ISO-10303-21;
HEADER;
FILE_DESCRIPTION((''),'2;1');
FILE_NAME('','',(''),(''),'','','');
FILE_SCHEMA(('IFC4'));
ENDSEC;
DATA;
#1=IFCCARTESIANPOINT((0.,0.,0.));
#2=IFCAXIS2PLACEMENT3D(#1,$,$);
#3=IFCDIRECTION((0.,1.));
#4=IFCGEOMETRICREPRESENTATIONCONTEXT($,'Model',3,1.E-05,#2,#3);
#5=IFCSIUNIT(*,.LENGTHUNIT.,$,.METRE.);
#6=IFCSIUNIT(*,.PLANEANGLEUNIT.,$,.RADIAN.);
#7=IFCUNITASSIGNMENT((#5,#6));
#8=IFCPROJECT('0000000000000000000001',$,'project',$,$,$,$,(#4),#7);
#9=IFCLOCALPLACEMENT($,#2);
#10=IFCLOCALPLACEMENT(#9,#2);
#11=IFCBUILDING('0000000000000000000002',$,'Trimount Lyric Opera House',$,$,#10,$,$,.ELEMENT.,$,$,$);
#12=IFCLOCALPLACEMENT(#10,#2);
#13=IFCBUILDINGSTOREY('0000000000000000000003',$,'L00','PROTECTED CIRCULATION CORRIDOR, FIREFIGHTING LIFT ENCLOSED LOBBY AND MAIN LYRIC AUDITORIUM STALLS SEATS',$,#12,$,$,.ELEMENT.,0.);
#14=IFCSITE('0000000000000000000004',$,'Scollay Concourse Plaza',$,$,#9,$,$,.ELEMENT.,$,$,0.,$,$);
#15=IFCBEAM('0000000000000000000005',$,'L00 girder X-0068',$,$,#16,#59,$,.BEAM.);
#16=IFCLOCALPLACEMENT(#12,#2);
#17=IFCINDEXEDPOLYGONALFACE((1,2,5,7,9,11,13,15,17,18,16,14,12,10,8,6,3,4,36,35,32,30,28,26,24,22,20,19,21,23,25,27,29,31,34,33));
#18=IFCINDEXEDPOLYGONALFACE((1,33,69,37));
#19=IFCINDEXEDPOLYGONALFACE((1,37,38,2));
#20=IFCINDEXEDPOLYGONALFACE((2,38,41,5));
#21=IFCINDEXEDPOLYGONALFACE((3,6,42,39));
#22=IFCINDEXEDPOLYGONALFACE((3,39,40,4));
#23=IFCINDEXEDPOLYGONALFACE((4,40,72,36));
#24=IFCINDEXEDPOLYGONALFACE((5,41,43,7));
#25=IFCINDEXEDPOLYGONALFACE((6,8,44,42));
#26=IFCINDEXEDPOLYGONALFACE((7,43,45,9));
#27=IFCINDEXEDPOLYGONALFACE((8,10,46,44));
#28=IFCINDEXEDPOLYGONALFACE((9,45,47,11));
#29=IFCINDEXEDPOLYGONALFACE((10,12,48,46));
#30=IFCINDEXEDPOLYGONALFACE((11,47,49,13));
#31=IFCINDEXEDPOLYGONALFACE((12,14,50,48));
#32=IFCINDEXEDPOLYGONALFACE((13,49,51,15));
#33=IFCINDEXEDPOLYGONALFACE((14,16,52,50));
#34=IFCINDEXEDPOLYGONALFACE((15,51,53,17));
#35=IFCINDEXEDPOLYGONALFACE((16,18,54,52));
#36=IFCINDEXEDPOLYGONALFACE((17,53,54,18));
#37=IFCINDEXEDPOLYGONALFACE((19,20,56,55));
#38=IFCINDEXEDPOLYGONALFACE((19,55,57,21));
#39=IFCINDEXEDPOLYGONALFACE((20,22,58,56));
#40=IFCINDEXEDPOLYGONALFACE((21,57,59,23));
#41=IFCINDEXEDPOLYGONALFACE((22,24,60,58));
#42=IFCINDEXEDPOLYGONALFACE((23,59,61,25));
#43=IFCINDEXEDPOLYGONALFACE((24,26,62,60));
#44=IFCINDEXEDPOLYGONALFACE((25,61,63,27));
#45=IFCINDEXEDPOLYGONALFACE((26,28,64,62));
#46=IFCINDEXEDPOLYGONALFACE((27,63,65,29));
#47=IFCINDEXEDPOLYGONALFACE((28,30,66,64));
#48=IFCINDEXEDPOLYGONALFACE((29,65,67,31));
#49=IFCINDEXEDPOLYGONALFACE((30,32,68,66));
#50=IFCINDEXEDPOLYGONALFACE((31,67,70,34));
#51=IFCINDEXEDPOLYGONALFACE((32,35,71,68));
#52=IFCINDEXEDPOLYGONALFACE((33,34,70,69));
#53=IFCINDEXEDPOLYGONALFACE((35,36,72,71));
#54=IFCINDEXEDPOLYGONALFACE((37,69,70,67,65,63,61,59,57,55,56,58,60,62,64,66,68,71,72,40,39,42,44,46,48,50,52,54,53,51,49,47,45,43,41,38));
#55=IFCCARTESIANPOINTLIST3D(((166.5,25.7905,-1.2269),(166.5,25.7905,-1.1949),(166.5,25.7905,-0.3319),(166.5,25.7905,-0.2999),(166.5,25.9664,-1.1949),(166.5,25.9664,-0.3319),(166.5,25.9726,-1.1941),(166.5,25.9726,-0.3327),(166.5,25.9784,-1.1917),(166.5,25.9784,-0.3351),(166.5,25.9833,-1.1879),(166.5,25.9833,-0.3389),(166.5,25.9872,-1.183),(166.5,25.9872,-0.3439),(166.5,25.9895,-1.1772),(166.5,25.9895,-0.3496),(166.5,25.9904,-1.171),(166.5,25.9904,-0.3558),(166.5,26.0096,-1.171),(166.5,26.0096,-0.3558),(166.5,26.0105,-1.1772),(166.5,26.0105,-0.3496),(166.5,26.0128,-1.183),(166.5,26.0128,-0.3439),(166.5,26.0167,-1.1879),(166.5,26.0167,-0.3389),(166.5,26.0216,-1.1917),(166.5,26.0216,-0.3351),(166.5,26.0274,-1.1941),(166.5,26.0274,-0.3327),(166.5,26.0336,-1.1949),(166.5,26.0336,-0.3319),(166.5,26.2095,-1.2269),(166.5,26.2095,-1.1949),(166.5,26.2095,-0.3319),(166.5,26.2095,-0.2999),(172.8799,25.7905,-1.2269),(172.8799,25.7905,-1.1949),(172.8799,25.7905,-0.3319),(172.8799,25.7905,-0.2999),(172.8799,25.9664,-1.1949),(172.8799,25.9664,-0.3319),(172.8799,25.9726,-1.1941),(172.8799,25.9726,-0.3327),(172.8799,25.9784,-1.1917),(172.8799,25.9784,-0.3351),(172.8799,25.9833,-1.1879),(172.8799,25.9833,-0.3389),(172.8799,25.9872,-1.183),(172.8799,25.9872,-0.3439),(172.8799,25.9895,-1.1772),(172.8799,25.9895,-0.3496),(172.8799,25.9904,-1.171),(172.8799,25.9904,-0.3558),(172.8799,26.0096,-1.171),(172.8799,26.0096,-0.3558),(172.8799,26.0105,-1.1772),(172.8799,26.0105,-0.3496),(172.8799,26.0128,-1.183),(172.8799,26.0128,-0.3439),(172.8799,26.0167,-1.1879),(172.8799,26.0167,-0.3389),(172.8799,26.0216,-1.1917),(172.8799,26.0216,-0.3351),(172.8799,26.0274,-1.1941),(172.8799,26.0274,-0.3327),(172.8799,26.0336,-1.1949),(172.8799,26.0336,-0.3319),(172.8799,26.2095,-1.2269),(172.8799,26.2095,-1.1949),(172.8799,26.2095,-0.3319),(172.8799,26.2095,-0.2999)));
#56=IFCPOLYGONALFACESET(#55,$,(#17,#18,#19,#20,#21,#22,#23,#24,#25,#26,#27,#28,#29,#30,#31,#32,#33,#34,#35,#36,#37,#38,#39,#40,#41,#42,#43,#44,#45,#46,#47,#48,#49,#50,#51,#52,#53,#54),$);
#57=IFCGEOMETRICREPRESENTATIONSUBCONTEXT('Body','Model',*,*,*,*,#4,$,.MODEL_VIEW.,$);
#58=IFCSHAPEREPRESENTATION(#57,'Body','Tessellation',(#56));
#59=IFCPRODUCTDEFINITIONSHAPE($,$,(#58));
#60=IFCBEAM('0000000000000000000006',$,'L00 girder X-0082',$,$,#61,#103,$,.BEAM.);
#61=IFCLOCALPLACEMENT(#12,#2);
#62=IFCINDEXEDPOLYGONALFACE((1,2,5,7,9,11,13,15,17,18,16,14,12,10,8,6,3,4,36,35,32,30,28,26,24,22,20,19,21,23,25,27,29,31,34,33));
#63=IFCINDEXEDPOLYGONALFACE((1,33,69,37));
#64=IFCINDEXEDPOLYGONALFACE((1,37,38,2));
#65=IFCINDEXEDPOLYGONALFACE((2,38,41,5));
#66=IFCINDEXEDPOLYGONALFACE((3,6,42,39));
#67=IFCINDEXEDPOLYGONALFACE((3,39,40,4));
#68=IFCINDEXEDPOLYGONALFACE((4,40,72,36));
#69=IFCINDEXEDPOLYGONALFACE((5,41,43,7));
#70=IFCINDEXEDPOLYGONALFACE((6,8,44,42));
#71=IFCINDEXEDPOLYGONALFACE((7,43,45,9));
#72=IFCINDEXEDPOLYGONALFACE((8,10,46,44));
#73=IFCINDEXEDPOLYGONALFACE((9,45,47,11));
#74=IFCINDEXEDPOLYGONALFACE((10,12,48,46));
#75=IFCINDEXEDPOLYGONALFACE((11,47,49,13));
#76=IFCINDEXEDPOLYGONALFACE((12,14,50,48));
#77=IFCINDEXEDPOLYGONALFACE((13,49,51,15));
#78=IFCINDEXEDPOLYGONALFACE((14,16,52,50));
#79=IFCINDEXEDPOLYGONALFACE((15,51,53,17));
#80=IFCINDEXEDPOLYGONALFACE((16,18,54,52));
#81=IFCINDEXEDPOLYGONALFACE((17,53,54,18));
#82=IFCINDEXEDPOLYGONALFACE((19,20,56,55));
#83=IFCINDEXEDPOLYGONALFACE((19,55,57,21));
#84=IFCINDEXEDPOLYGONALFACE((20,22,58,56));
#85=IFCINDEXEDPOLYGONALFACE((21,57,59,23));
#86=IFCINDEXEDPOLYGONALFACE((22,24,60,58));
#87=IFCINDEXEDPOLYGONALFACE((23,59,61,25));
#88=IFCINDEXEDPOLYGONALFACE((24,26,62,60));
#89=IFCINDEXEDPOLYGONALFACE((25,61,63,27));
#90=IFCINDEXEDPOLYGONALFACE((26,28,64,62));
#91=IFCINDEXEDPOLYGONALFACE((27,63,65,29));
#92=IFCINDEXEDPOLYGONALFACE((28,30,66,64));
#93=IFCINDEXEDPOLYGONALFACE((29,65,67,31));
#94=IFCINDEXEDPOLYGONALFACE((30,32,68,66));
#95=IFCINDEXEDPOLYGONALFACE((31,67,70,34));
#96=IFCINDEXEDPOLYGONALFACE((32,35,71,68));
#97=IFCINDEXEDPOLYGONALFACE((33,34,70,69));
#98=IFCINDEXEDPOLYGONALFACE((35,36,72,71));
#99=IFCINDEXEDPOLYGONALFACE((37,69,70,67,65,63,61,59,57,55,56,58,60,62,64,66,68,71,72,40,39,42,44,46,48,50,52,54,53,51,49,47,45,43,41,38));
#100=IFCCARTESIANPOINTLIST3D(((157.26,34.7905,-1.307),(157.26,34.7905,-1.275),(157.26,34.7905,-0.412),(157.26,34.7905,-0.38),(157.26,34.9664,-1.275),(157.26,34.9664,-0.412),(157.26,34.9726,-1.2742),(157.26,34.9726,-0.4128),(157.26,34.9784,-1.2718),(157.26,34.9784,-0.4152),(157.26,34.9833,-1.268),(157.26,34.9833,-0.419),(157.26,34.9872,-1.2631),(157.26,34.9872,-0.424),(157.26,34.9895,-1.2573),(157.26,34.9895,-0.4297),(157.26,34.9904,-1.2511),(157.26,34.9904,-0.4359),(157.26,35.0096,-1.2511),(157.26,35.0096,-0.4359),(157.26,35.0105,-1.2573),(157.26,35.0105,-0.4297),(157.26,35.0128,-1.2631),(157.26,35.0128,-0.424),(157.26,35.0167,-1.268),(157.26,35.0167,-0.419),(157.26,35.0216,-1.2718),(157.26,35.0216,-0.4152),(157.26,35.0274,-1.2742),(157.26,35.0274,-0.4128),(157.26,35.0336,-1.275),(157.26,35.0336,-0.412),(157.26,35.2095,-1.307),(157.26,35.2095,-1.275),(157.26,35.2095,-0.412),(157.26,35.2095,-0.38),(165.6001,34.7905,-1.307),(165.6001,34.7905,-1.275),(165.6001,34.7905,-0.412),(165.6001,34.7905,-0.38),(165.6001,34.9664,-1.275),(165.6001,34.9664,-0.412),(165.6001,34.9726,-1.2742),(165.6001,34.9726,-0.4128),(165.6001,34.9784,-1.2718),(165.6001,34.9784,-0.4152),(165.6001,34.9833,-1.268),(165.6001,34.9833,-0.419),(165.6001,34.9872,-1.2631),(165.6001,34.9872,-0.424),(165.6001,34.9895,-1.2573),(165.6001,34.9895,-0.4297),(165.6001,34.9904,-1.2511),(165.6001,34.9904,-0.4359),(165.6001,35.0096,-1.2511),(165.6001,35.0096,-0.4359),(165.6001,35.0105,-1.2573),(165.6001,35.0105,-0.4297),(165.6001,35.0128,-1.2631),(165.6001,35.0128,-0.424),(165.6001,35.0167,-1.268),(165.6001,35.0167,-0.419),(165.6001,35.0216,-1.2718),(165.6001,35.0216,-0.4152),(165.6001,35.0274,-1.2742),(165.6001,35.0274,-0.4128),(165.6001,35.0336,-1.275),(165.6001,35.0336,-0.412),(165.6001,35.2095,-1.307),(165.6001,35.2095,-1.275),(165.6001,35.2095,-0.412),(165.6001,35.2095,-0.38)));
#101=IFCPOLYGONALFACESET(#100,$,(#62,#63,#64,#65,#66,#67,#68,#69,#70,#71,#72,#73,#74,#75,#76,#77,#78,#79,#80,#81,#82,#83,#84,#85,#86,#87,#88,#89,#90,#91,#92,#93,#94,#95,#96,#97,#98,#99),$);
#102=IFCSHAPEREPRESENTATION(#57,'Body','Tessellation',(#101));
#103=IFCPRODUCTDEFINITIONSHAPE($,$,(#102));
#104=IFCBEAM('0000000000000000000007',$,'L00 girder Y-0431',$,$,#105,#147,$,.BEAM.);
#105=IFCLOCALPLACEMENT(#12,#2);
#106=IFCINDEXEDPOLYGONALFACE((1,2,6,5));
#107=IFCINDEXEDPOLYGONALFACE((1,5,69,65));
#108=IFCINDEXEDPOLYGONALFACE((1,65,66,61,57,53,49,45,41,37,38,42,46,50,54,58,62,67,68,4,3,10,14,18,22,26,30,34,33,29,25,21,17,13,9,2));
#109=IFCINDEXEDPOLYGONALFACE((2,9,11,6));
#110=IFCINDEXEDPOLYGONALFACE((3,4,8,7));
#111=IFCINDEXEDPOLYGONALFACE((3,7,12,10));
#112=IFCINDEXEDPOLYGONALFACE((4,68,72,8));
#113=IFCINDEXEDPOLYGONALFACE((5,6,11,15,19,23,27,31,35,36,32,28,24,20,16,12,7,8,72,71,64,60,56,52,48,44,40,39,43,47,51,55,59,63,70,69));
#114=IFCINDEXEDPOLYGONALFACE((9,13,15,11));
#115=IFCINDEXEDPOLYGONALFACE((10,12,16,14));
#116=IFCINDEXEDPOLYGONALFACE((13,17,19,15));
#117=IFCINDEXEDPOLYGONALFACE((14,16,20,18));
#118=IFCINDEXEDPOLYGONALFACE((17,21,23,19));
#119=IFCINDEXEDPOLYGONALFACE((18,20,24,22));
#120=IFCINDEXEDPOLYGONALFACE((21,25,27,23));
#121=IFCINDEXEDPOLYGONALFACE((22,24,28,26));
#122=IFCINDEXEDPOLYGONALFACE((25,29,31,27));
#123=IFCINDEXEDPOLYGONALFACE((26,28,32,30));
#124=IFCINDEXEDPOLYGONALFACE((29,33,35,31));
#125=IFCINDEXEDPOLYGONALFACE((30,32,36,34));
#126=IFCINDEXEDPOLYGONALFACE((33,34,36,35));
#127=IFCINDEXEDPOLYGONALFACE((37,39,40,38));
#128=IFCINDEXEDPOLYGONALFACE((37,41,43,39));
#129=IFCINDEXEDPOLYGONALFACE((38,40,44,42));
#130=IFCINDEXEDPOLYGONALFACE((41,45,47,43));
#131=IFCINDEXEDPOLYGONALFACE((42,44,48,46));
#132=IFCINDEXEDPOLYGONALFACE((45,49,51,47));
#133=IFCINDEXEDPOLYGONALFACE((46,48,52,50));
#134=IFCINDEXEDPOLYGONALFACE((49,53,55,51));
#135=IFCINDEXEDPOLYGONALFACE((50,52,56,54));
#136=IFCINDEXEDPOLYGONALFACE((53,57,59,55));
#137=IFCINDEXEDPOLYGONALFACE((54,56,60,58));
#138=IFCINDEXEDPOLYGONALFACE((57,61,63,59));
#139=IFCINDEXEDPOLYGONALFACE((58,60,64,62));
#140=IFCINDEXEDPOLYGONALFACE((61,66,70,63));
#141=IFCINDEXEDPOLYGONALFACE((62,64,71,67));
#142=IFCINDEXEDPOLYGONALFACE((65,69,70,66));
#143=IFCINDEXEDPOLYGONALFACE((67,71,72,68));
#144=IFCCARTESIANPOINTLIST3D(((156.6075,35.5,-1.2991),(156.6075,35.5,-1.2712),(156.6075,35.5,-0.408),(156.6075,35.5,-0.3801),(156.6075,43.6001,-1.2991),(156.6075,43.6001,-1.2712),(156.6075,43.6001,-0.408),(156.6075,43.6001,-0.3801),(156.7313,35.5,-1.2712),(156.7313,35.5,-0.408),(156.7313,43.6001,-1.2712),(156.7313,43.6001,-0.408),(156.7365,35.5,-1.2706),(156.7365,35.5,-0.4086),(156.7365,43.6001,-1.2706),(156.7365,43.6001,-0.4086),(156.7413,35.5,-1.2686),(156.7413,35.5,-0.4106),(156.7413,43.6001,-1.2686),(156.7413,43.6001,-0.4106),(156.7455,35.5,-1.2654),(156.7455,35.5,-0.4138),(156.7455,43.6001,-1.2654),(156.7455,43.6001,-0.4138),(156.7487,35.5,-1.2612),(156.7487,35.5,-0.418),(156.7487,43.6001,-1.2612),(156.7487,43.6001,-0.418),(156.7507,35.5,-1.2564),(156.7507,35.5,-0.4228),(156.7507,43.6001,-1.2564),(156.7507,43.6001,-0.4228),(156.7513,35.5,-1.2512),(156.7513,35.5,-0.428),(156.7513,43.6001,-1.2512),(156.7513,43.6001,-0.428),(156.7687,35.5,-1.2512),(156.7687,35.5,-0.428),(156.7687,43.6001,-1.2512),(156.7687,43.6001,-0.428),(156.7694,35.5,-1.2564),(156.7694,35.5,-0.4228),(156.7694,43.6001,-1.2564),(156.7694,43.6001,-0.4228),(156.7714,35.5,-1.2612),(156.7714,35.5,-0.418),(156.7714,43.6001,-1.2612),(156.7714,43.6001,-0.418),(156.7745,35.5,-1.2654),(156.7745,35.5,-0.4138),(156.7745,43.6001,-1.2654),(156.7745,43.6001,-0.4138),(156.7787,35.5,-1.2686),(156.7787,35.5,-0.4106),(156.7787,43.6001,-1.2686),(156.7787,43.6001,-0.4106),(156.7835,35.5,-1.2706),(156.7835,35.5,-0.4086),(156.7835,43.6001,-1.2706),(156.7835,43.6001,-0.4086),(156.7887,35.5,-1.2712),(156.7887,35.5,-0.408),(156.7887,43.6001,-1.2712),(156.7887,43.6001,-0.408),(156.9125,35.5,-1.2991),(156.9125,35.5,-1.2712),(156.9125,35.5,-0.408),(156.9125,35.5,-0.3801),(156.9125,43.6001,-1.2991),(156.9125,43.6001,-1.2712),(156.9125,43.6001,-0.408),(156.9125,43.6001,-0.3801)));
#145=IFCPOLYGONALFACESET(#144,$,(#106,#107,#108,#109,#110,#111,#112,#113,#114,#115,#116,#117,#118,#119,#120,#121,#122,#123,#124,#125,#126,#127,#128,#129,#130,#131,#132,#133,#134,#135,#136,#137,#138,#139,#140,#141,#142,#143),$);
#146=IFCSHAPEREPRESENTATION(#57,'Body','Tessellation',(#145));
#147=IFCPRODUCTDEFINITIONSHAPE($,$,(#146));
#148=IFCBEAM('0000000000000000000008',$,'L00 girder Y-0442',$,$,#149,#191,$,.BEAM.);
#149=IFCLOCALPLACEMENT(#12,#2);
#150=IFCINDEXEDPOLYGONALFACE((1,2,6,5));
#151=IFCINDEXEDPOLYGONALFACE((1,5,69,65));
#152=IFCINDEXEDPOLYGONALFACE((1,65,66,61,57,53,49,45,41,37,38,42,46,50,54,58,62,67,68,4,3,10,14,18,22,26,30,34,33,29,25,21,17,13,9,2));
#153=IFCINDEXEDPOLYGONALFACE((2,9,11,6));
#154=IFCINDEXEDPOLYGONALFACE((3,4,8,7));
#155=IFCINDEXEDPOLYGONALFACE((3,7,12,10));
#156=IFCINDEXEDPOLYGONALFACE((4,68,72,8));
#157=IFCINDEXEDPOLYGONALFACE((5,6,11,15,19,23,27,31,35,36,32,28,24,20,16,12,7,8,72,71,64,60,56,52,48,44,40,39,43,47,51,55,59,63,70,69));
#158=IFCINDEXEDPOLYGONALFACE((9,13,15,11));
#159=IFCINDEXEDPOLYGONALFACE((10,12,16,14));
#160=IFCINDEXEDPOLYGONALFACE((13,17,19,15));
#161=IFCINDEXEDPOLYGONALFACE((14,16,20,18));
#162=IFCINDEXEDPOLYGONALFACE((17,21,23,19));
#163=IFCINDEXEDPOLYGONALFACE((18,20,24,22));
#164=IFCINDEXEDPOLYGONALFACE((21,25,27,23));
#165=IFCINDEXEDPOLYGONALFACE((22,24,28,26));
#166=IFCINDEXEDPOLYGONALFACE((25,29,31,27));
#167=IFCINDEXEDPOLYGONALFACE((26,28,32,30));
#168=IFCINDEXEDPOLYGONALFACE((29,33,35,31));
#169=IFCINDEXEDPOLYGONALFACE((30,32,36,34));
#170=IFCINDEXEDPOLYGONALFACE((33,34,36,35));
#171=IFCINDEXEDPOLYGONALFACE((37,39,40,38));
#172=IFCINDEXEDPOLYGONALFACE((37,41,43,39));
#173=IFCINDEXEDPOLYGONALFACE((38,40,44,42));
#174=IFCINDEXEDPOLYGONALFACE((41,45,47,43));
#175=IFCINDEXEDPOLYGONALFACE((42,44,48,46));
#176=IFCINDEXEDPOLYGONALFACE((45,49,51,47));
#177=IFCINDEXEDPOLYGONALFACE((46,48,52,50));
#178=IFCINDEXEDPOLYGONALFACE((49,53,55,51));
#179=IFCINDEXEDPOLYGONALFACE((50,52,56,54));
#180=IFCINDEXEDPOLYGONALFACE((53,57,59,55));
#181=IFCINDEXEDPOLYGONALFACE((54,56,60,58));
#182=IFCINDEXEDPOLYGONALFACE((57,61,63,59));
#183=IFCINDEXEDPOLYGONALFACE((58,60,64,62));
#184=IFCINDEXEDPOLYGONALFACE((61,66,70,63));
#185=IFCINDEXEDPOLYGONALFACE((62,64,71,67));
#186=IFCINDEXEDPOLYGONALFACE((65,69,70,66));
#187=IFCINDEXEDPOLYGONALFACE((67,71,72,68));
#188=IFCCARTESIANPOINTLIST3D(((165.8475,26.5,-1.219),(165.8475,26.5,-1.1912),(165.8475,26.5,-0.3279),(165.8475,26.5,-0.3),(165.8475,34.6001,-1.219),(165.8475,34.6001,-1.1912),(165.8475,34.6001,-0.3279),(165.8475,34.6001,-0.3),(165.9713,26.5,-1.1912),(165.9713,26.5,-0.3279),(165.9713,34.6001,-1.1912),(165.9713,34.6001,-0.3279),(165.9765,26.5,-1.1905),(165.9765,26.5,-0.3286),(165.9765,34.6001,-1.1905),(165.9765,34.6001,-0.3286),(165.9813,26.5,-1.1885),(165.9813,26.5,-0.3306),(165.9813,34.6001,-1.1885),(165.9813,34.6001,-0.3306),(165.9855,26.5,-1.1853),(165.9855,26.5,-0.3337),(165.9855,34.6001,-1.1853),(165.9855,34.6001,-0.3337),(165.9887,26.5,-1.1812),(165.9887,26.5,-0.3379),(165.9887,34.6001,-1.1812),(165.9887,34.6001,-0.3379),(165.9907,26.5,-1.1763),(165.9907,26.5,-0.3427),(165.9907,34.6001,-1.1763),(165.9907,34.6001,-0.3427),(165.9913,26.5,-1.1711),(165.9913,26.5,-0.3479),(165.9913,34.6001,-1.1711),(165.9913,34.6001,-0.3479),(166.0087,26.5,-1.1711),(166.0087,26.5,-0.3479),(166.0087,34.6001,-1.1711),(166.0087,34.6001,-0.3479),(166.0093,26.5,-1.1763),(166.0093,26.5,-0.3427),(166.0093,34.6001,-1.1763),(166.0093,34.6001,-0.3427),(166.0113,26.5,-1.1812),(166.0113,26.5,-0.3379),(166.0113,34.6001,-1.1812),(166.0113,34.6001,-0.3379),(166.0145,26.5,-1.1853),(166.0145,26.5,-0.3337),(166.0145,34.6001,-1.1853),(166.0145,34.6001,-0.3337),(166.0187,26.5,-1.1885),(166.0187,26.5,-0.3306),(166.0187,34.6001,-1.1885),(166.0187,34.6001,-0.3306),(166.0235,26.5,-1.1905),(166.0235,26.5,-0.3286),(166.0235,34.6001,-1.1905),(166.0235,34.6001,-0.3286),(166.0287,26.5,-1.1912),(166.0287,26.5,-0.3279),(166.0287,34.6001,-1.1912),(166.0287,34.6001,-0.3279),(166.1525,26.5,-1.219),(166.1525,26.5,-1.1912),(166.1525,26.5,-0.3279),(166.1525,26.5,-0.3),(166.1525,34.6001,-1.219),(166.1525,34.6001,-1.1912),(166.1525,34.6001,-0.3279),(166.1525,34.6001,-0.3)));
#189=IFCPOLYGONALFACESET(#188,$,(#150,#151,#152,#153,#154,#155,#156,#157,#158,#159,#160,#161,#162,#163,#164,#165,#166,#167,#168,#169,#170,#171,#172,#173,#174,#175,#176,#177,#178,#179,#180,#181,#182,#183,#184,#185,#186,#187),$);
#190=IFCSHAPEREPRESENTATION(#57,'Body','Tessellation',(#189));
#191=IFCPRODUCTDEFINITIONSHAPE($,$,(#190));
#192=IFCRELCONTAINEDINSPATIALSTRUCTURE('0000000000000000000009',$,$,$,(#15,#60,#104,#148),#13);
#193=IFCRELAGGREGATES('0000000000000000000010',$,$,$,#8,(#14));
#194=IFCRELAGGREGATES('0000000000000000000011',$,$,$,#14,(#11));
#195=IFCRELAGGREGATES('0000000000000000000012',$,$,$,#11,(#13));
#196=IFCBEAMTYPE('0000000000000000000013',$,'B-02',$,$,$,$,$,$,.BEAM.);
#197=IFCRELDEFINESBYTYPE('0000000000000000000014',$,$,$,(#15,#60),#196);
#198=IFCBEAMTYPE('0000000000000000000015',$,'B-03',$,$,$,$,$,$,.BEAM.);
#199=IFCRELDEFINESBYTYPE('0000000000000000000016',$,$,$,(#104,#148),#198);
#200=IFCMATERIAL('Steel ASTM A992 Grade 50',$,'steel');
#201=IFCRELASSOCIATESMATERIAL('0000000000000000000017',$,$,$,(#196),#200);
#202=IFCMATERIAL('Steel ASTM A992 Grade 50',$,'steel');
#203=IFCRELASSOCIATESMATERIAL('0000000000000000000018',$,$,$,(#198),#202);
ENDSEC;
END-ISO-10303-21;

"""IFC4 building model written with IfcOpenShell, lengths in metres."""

from ifc_helpers import new_model, si_unit, direction, frame, origin, origin_2d, place, context, subcontext, project, spatial, i_section, extrude, material, material_profile, profile_set, type_object, element, save


model = new_model("IFC4")

# Units and contexts
model_context = context("Model", 3, precision=1e-05, world=origin(), true_north=direction((0.0, 1.0)))
body_context = subcontext(model_context, "Body", "Model", "MODEL_VIEW")
ifc_project = project(units=[si_unit("LENGTHUNIT", "METRE"), si_unit("PLANEANGLEUNIT", "RADIAN")], contexts=[model_context])

# Site, building, storey
site_placement = place(None, origin())
site = spatial("IfcSite", under=ifc_project, at=site_placement, Name="Scollay Concourse Plaza", CompositionType="ELEMENT", RefElevation=0.0)
building_placement = place(site_placement, origin())
building = spatial("IfcBuilding", under=site, at=building_placement, Name="Trimount Lyric Opera House", CompositionType="ELEMENT")
storey_placement = place(building_placement, origin())
storey = spatial("IfcBuildingStorey", under=building, at=storey_placement, Name="L00", Description="PROTECTED CIRCULATION CORRIDOR, FIREFIGHTING LIFT ENCLOSED LOBBY AND MAIN LYRIC AUDITORIUM STALLS SEATS", CompositionType="ELEMENT", Elevation=0.0)

# Beams
ifc_material_1 = material(Name="Steel ASTM A992 Grade 50", Category="steel")
ifc_material_profile_1 = material_profile(ifc_material_1, i_section(OverallWidth=0.4189, OverallDepth=0.927, WebThickness=0.0193, FlangeThickness=0.032, FilletRadius=0.0239, at=origin_2d()), Name="W36X231")
ifc_profile_set_1 = profile_set([ifc_material_profile_1], Name="Steel ASTM A992 Grade 50")
beam_type_1 = type_object("IfcBeamType", Name="B-02", PredefinedType="BEAM", material=ifc_profile_set_1)
beam_1_placement = place(storey_placement, frame((166.5, 26.0, -0.7634), z_axis=(1.0, 0.0, 0.0), x_axis=(0.0, 1.0, 0.0)))
element("IfcBeam", 1, at=beam_1_placement, inside=storey, type_object=beam_type_1, Name="L00 girder X-0068", PredefinedType="BEAM", context=body_context, shape_type="SweptSolid", body=[
    extrude(i_section(OverallWidth=0.4189, OverallDepth=0.927, WebThickness=0.0193, FlangeThickness=0.032, FilletRadius=0.0239, at=origin_2d()), origin(), (0.0, 0.0, 1.0), 6.3799),
])
beam_2_placement = place(storey_placement, frame((157.26, 35.0, -0.8435), z_axis=(1.0, 0.0, 0.0), x_axis=(0.0, 1.0, 0.0)))
element("IfcBeam", 2, at=beam_2_placement, inside=storey, type_object=beam_type_1, Name="L00 girder X-0082", PredefinedType="BEAM", context=body_context, shape_type="SweptSolid", body=[
    extrude(i_section(OverallWidth=0.4189, OverallDepth=0.927, WebThickness=0.0193, FlangeThickness=0.032, FilletRadius=0.0239, at=origin_2d()), origin(), (0.0, 0.0, 1.0), 8.3401),
])
ifc_material_2 = material(Name="Steel ASTM A992 Grade 50", Category="steel")
ifc_material_profile_2 = material_profile(ifc_material_2, i_section(OverallWidth=0.3049, OverallDepth=0.9189, WebThickness=0.0173, FlangeThickness=0.0278, FilletRadius=0.02, at=origin_2d()), Name="W36X170")
ifc_profile_set_2 = profile_set([ifc_material_profile_2], Name="Steel ASTM A992 Grade 50")
beam_type_2 = type_object("IfcBeamType", Name="B-03", PredefinedType="BEAM", material=ifc_profile_set_2)
for number, where, z_axis, x_axis, name in (
    (3, (156.76, 35.5, -0.8396), (0.0, 1.0, 0.0), (-1.0, 0.0, 0.0), "L00 girder Y-0431"),
    (4, (166.0, 26.5, -0.7595), (0.0, 1.0, 0.0), (-1.0, 0.0, 0.0), "L00 girder Y-0442"),
):
    element("IfcBeam", number, at=place(storey_placement, frame(where, z_axis=z_axis, x_axis=x_axis)), inside=storey, type_object=beam_type_2, Name=name, PredefinedType="BEAM", context=body_context, shape_type="SweptSolid", body=[
        extrude(i_section(OverallWidth=0.3049, OverallDepth=0.9189, WebThickness=0.0173, FlangeThickness=0.0278, FilletRadius=0.02, at=origin_2d()), origin(), (0.0, 0.0, 1.0), 8.1001),
    ])

save(model, "model.ifc")
